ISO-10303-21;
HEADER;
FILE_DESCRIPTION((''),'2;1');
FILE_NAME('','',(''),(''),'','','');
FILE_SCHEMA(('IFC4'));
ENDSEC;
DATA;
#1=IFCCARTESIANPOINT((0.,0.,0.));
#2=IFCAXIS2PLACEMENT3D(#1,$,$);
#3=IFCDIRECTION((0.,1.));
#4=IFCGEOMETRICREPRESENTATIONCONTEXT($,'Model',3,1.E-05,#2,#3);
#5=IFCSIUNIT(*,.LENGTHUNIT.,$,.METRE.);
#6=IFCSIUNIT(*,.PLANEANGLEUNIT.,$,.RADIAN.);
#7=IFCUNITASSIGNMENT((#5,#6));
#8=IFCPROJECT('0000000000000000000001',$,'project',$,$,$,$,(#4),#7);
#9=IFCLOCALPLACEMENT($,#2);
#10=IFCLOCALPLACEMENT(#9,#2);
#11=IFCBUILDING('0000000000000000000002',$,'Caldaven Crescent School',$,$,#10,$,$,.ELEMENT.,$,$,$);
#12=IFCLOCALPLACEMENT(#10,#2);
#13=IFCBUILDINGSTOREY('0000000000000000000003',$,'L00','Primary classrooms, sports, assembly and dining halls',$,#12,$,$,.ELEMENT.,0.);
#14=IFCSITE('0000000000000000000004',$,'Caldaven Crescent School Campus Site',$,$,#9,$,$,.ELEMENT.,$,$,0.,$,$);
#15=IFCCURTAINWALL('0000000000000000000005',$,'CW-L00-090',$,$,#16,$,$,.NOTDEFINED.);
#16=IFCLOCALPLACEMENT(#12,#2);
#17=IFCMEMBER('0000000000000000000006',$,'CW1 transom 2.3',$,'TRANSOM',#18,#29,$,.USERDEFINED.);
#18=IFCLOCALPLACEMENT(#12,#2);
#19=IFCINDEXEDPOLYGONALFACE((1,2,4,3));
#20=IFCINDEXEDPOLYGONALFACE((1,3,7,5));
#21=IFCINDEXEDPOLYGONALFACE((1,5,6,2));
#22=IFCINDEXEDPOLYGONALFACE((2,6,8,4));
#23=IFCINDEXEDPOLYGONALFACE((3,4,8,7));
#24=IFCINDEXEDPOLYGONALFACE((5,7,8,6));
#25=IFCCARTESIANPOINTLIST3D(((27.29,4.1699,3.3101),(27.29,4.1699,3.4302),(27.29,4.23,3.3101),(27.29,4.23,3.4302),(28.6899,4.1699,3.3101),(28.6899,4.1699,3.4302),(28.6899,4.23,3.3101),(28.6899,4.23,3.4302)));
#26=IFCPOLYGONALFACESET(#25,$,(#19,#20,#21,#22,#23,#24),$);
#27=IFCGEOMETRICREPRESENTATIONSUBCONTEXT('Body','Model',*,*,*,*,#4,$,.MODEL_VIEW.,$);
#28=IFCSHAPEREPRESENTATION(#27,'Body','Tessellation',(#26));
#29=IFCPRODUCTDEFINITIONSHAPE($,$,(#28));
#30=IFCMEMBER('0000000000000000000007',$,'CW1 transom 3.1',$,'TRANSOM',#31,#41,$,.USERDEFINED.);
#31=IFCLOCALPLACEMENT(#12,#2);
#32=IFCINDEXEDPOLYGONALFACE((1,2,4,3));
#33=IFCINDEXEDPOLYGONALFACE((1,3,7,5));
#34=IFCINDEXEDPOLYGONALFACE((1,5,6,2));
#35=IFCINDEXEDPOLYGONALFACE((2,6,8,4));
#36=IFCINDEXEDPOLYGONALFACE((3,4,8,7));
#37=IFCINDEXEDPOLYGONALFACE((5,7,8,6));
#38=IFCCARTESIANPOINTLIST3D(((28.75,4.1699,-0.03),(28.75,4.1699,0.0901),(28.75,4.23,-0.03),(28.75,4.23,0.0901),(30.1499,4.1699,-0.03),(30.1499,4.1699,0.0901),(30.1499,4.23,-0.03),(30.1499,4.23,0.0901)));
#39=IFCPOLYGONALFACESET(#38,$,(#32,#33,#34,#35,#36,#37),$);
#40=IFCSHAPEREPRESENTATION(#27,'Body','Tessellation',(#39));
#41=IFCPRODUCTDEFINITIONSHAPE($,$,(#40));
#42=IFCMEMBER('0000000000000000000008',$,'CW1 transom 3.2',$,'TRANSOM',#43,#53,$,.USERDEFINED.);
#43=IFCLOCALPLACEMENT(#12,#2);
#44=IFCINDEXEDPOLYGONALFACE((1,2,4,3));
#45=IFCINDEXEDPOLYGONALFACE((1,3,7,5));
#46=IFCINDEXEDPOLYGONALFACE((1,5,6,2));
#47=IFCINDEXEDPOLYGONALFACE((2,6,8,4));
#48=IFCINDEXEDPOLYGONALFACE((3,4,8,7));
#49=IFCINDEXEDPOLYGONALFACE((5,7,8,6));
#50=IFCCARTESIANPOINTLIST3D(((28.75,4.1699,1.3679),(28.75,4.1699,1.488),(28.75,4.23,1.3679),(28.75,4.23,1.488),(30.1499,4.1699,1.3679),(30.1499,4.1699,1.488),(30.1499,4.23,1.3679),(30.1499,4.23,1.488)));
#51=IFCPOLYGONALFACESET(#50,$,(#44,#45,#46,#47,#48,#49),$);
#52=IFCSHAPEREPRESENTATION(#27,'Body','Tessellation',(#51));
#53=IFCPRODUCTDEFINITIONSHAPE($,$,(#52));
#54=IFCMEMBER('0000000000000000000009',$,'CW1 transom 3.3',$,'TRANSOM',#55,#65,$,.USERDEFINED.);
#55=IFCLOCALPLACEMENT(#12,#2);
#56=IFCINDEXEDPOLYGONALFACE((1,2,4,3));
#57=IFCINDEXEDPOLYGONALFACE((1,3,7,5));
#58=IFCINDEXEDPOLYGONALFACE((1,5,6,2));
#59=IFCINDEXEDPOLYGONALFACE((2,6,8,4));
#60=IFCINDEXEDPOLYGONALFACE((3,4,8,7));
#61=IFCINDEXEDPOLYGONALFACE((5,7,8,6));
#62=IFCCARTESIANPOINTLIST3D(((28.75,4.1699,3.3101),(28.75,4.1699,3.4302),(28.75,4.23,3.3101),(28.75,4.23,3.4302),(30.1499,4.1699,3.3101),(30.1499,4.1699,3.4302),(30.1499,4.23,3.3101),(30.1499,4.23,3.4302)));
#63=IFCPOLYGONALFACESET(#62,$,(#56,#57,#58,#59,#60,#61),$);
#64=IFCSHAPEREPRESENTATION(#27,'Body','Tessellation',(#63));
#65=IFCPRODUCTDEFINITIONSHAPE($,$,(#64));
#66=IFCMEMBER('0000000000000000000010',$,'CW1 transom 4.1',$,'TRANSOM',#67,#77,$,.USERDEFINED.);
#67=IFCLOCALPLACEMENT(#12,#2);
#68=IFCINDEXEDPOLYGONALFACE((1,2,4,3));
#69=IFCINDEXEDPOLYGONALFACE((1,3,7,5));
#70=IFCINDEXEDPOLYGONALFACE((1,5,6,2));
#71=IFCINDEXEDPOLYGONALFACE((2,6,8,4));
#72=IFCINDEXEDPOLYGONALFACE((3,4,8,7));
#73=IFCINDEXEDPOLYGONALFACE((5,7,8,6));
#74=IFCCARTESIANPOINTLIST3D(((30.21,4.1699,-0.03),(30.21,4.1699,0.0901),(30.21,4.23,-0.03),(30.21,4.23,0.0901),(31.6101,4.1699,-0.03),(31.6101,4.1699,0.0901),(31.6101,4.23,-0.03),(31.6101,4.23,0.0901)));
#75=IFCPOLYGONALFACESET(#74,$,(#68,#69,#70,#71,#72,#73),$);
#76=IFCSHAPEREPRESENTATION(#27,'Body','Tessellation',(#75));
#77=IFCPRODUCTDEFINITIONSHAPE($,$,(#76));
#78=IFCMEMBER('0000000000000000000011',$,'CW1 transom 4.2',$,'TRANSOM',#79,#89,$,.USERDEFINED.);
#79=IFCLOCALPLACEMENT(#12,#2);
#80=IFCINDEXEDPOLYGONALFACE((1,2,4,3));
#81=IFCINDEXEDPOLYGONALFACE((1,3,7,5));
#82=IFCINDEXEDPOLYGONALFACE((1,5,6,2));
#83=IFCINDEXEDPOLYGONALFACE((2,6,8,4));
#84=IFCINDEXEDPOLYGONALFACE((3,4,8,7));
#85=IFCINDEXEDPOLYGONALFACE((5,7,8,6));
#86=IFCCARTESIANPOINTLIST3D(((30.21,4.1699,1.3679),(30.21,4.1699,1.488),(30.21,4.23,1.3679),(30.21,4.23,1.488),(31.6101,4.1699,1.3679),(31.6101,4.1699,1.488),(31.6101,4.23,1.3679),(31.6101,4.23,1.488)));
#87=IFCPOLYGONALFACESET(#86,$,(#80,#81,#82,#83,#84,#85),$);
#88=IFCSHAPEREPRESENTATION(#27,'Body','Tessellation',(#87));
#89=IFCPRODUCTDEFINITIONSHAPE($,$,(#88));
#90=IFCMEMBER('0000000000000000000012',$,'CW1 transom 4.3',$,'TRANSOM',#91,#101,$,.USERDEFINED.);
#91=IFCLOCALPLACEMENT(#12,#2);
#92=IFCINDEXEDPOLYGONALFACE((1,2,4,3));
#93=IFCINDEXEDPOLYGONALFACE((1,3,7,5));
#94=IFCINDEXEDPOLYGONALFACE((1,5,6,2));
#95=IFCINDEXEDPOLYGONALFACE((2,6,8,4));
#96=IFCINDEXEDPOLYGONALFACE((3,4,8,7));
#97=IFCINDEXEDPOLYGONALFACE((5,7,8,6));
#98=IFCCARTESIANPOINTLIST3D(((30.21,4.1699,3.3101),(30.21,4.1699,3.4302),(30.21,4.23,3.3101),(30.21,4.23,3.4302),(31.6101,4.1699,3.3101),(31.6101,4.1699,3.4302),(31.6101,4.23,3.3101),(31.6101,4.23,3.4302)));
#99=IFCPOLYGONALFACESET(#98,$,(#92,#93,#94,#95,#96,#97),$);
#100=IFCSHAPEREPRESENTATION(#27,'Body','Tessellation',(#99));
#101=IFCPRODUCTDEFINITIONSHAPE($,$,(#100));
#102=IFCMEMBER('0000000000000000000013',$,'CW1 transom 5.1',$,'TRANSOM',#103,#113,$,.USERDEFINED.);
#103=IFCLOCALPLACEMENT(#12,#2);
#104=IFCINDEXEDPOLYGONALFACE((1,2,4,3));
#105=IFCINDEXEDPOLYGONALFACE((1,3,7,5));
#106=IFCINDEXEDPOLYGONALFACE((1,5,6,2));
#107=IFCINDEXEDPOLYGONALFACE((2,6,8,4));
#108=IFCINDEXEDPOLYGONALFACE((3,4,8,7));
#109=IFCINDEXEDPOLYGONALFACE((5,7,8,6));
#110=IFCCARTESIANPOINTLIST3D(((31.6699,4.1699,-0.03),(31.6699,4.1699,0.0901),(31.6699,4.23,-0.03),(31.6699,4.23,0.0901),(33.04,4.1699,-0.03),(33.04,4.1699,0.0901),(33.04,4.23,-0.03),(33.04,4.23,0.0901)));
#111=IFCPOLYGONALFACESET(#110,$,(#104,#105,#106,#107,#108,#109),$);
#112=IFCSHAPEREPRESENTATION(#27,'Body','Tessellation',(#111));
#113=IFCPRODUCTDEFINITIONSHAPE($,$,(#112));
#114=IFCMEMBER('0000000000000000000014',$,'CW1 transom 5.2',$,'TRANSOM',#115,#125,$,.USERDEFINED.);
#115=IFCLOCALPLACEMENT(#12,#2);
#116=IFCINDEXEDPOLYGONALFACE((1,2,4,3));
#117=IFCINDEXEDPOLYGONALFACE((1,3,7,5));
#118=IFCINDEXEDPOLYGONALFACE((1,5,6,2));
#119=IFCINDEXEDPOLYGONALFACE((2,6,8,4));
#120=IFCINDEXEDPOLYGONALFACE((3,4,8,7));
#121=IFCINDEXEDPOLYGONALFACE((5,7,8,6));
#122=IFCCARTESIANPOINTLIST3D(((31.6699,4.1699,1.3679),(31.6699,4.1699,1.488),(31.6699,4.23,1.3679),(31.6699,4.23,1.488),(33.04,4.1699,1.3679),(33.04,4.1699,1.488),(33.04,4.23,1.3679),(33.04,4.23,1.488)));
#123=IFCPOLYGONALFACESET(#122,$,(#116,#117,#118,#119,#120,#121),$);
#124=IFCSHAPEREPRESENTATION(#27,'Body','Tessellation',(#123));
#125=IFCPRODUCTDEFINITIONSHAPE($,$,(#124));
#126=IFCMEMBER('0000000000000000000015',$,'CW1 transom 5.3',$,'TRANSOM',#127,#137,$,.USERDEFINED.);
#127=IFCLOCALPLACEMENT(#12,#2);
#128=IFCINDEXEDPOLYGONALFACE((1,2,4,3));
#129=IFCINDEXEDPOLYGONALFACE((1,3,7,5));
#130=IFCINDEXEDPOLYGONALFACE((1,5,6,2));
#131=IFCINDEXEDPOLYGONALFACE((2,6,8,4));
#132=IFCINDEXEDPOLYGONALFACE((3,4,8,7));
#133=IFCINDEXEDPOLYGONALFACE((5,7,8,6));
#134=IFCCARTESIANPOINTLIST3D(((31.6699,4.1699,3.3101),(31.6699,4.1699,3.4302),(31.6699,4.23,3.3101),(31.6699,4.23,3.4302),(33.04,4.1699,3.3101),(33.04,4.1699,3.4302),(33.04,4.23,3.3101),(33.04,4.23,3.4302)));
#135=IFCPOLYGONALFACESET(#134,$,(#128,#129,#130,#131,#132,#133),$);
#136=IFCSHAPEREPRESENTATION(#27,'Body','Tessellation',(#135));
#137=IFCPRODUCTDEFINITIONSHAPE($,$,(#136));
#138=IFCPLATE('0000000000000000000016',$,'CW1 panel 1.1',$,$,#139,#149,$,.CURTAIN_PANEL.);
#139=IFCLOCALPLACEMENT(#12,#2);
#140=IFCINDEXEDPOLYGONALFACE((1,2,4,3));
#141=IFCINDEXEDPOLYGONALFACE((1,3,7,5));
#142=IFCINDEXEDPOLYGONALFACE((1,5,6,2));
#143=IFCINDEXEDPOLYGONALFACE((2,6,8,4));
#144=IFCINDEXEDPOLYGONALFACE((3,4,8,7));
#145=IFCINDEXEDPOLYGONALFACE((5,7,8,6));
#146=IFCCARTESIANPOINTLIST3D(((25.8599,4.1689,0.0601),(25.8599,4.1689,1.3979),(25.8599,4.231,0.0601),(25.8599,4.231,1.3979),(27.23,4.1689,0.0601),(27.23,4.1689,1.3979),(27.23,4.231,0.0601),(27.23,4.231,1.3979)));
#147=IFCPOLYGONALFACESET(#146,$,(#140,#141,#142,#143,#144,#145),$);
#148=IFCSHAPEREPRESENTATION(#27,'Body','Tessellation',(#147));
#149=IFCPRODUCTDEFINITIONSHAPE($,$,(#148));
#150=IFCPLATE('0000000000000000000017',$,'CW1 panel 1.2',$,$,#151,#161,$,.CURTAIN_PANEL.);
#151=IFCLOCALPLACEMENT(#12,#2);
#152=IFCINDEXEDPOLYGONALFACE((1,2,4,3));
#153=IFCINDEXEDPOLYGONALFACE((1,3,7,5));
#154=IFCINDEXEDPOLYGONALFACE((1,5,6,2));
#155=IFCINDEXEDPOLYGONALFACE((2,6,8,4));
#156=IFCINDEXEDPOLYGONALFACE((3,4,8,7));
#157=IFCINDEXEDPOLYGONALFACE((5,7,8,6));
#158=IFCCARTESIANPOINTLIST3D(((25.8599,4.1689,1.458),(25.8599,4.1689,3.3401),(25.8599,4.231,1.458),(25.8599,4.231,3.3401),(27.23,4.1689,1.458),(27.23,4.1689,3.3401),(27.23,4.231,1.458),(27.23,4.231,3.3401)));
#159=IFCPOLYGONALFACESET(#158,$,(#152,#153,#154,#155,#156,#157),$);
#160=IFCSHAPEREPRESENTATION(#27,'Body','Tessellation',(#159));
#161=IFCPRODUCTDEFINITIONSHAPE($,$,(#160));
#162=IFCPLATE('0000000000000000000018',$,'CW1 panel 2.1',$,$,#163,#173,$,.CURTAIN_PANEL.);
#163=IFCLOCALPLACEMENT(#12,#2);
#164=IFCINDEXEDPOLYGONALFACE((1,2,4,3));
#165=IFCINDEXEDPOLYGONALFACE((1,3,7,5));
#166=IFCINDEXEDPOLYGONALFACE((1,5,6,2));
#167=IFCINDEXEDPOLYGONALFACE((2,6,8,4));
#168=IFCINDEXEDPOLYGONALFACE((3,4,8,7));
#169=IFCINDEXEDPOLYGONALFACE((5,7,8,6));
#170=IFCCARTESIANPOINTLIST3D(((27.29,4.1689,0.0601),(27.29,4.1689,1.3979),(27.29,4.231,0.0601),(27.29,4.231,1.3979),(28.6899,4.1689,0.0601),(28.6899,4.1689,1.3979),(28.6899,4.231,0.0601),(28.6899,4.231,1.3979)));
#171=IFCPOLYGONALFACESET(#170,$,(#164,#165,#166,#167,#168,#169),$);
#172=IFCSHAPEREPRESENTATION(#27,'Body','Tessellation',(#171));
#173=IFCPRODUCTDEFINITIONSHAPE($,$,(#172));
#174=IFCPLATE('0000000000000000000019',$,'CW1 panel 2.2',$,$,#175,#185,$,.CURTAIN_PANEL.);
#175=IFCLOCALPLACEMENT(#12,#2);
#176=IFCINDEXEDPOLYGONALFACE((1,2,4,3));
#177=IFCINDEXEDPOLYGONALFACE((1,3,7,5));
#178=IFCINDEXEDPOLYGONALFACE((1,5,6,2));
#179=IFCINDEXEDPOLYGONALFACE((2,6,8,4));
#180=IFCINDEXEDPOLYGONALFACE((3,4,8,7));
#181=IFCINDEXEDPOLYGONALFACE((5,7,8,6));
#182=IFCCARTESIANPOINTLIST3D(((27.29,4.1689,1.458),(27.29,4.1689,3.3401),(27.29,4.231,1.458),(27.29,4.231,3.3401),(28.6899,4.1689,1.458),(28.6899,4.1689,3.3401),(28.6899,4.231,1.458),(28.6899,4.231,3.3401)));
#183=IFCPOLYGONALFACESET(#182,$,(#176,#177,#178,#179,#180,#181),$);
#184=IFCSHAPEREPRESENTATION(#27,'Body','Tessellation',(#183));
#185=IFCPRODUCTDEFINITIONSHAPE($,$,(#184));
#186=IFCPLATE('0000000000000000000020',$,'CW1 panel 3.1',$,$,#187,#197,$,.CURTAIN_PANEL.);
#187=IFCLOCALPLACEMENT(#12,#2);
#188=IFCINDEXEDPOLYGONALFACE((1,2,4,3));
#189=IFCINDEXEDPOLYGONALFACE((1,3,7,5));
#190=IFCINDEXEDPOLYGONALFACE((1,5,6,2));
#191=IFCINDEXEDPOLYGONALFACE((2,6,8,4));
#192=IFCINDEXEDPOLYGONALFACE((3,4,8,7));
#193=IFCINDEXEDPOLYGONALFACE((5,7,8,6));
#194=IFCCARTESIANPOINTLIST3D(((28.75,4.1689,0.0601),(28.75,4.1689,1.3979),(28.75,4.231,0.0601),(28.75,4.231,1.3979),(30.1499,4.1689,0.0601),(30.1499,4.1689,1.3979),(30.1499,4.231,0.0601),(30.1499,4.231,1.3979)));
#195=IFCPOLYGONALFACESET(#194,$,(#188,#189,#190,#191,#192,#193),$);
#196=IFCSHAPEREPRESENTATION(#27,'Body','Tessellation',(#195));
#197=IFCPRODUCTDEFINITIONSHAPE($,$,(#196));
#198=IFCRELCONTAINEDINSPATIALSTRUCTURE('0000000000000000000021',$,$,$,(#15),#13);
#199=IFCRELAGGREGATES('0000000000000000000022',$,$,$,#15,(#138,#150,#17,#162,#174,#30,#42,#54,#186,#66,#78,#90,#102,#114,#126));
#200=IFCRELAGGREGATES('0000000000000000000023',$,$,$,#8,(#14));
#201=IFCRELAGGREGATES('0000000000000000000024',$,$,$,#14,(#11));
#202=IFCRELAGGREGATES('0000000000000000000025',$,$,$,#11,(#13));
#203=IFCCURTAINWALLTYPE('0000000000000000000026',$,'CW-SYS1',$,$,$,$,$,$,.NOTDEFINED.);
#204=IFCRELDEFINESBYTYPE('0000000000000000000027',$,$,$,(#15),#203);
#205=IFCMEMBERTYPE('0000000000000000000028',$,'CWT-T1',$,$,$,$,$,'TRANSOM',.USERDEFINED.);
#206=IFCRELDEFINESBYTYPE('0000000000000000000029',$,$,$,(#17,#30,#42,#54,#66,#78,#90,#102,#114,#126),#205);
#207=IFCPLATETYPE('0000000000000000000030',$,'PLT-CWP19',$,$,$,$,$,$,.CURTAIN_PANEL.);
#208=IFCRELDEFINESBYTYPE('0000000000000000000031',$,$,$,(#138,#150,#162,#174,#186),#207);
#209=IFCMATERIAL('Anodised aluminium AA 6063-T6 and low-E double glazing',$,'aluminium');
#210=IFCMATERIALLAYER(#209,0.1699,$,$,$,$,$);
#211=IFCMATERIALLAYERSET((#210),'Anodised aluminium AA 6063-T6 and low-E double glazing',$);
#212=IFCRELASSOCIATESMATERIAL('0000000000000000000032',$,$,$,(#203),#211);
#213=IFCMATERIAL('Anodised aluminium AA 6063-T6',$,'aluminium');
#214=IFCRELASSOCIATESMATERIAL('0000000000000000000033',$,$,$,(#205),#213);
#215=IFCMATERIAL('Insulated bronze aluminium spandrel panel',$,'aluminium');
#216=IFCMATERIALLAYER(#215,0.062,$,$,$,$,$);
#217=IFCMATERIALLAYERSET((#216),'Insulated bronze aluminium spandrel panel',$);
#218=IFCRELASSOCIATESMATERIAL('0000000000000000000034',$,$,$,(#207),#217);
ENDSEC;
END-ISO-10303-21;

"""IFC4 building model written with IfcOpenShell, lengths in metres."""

from ifc_helpers import new_model, si_unit, direction, frame, origin, origin_2d, place, context, subcontext, project, spatial, rectangle, extrude, material, layer, layer_set, material_profile, profile_set, type_object, element, aggregate, save


model = new_model("IFC4")

# Units and contexts
model_context = context("Model", 3, precision=1e-05, world=origin(), true_north=direction((0.0, 1.0)))
body_context = subcontext(model_context, "Body", "Model", "MODEL_VIEW")
ifc_project = project(units=[si_unit("LENGTHUNIT", "METRE"), si_unit("PLANEANGLEUNIT", "RADIAN")], contexts=[model_context])

# Site, building, storey
site_placement = place(None, origin())
site = spatial("IfcSite", under=ifc_project, at=site_placement, Name="Caldaven Crescent School Campus Site", CompositionType="ELEMENT", RefElevation=0.0)
building_placement = place(site_placement, origin())
building = spatial("IfcBuilding", under=site, at=building_placement, Name="Caldaven Crescent School", CompositionType="ELEMENT")
storey_placement = place(building_placement, origin())
storey = spatial("IfcBuildingStorey", under=building, at=storey_placement, Name="L00", Description="Primary classrooms, sports, assembly and dining halls", CompositionType="ELEMENT", Elevation=0.0)

# Curtain wall, members, plates
ifc_material_1 = material(Name="Anodised aluminium AA 6063-T6 and low-E double glazing", Category="aluminium")
ifc_layer_1 = layer(ifc_material_1, 0.1699)
ifc_layer_set_1 = layer_set([ifc_layer_1], Name="Anodised aluminium AA 6063-T6 and low-E double glazing")
curtain_wall_type = type_object("IfcCurtainWallType", Name="CW-SYS1", PredefinedType="NOTDEFINED", material=ifc_layer_set_1)
curtain_wall_placement = place(storey_placement, origin())
curtain_wall = element("IfcCurtainWall", 1, at=curtain_wall_placement, inside=storey, type_object=curtain_wall_type, Name="CW-L00-090", PredefinedType="NOTDEFINED")
ifc_material_2 = material(Name="Anodised aluminium AA 6063-T6", Category="aluminium")
ifc_material_profile_1 = material_profile(ifc_material_2, rectangle(XDim=0.0601, YDim=0.1201, at=origin_2d()), Name="CWT 60x120")
ifc_profile_set_1 = profile_set([ifc_material_profile_1], Name="Anodised aluminium AA 6063-T6")
member_type_1 = type_object("IfcMemberType", Name="CWT-T1", ElementType="TRANSOM", PredefinedType="USERDEFINED", material=ifc_profile_set_1)
member_1_placement = place(storey_placement, frame((27.29, 4.2, 3.3701), z_axis=(1.0, 0.0, 0.0), x_axis=(0.0, 1.0, 0.0)))
member_1 = element("IfcMember", 2, at=member_1_placement, type_object=member_type_1, Name="CW1 transom 2.3", ObjectType="TRANSOM", PredefinedType="USERDEFINED", context=body_context, shape_type="SweptSolid", body=[
    extrude(rectangle(XDim=0.0601, YDim=0.1201, at=origin_2d()), origin(), (0.0, 0.0, 1.0), 1.3999),
])
member_2_placement = place(storey_placement, frame((28.75, 4.2, 0.03), z_axis=(1.0, 0.0, 0.0), x_axis=(0.0, 1.0, 0.0)))
member_2 = element("IfcMember", 3, at=member_2_placement, type_object=member_type_1, Name="CW1 transom 3.1", ObjectType="TRANSOM", PredefinedType="USERDEFINED", context=body_context, shape_type="SweptSolid", body=[
    extrude(rectangle(XDim=0.0601, YDim=0.1201, at=origin_2d()), origin(), (0.0, 0.0, 1.0), 1.3999),
])
member_3_placement = place(storey_placement, frame((28.75, 4.2, 1.428), z_axis=(1.0, 0.0, 0.0), x_axis=(0.0, 1.0, 0.0)))
member_3 = element("IfcMember", 4, at=member_3_placement, type_object=member_type_1, Name="CW1 transom 3.2", ObjectType="TRANSOM", PredefinedType="USERDEFINED", context=body_context, shape_type="SweptSolid", body=[
    extrude(rectangle(XDim=0.0601, YDim=0.1201, at=origin_2d()), origin(), (0.0, 0.0, 1.0), 1.3999),
])
member_4_placement = place(storey_placement, frame((28.75, 4.2, 3.3701), z_axis=(1.0, 0.0, 0.0), x_axis=(0.0, 1.0, 0.0)))
member_4 = element("IfcMember", 5, at=member_4_placement, type_object=member_type_1, Name="CW1 transom 3.3", ObjectType="TRANSOM", PredefinedType="USERDEFINED", context=body_context, shape_type="SweptSolid", body=[
    extrude(rectangle(XDim=0.0601, YDim=0.1201, at=origin_2d()), origin(), (0.0, 0.0, 1.0), 1.3999),
])
member_5_placement = place(storey_placement, frame((30.21, 4.2, 0.03), z_axis=(1.0, 0.0, 0.0), x_axis=(0.0, 1.0, 0.0)))
member_5 = element("IfcMember", 6, at=member_5_placement, type_object=member_type_1, Name="CW1 transom 4.1", ObjectType="TRANSOM", PredefinedType="USERDEFINED", context=body_context, shape_type="SweptSolid", body=[
    extrude(rectangle(XDim=0.0601, YDim=0.1201, at=origin_2d()), origin(), (0.0, 0.0, 1.0), 1.4001),
])
member_6_placement = place(storey_placement, frame((30.21, 4.2, 1.428), z_axis=(1.0, 0.0, 0.0), x_axis=(0.0, 1.0, 0.0)))
member_6 = element("IfcMember", 7, at=member_6_placement, type_object=member_type_1, Name="CW1 transom 4.2", ObjectType="TRANSOM", PredefinedType="USERDEFINED", context=body_context, shape_type="SweptSolid", body=[
    extrude(rectangle(XDim=0.0601, YDim=0.1201, at=origin_2d()), origin(), (0.0, 0.0, 1.0), 1.4001),
])
member_7_placement = place(storey_placement, frame((30.21, 4.2, 3.3701), z_axis=(1.0, 0.0, 0.0), x_axis=(0.0, 1.0, 0.0)))
member_7 = element("IfcMember", 8, at=member_7_placement, type_object=member_type_1, Name="CW1 transom 4.3", ObjectType="TRANSOM", PredefinedType="USERDEFINED", context=body_context, shape_type="SweptSolid", body=[
    extrude(rectangle(XDim=0.0601, YDim=0.1201, at=origin_2d()), origin(), (0.0, 0.0, 1.0), 1.4001),
])
member_8_placement = place(storey_placement, frame((31.6699, 4.2, 0.03), z_axis=(1.0, 0.0, 0.0), x_axis=(0.0, 1.0, 0.0)))
member_8 = element("IfcMember", 9, at=member_8_placement, type_object=member_type_1, Name="CW1 transom 5.1", ObjectType="TRANSOM", PredefinedType="USERDEFINED", context=body_context, shape_type="SweptSolid", body=[
    extrude(rectangle(XDim=0.0601, YDim=0.1201, at=origin_2d()), origin(), (0.0, 0.0, 1.0), 1.3701),
])
member_9_placement = place(storey_placement, frame((31.6699, 4.2, 1.428), z_axis=(1.0, 0.0, 0.0), x_axis=(0.0, 1.0, 0.0)))
member_9 = element("IfcMember", 10, at=member_9_placement, type_object=member_type_1, Name="CW1 transom 5.2", ObjectType="TRANSOM", PredefinedType="USERDEFINED", context=body_context, shape_type="SweptSolid", body=[
    extrude(rectangle(XDim=0.0601, YDim=0.1201, at=origin_2d()), origin(), (0.0, 0.0, 1.0), 1.3701),
])
member_10_placement = place(storey_placement, frame((31.6699, 4.2, 3.3701), z_axis=(1.0, 0.0, 0.0), x_axis=(0.0, 1.0, 0.0)))
member_10 = element("IfcMember", 11, at=member_10_placement, type_object=member_type_1, Name="CW1 transom 5.3", ObjectType="TRANSOM", PredefinedType="USERDEFINED", context=body_context, shape_type="SweptSolid", body=[
    extrude(rectangle(XDim=0.0601, YDim=0.1201, at=origin_2d()), origin(), (0.0, 0.0, 1.0), 1.3701),
])
ifc_material_3 = material(Name="Insulated bronze aluminium spandrel panel", Category="aluminium")
ifc_layer_2 = layer(ifc_material_3, 0.062)
ifc_layer_set_2 = layer_set([ifc_layer_2], Name="Insulated bronze aluminium spandrel panel")
plate_type = type_object("IfcPlateType", Name="PLT-CWP19", PredefinedType="CURTAIN_PANEL", material=ifc_layer_set_2)
plate_1_placement = place(storey_placement, frame((26.5449, 4.2, 0.0601), z_axis=(0.0, 0.0, 1.0), x_axis=(1.0, 0.0, 0.0)))
plate_1 = element("IfcPlate", 12, at=plate_1_placement, type_object=plate_type, Name="CW1 panel 1.1", PredefinedType="CURTAIN_PANEL", context=body_context, shape_type="SweptSolid", body=[
    extrude(rectangle(XDim=1.3701, YDim=0.062, at=origin_2d()), origin(), (0.0, 0.0, 1.0), 1.3379),
])
plate_2_placement = place(storey_placement, frame((26.5449, 4.2, 1.458), z_axis=(0.0, 0.0, 1.0), x_axis=(1.0, 0.0, 0.0)))
plate_2 = element("IfcPlate", 13, at=plate_2_placement, type_object=plate_type, Name="CW1 panel 1.2", PredefinedType="CURTAIN_PANEL", context=body_context, shape_type="SweptSolid", body=[
    extrude(rectangle(XDim=1.3701, YDim=0.062, at=origin_2d()), origin(), (0.0, 0.0, 1.0), 1.8821),
])
plate_3_placement = place(storey_placement, frame((27.99, 4.2, 0.0601), z_axis=(0.0, 0.0, 1.0), x_axis=(1.0, 0.0, 0.0)))
plate_3 = element("IfcPlate", 14, at=plate_3_placement, type_object=plate_type, Name="CW1 panel 2.1", PredefinedType="CURTAIN_PANEL", context=body_context, shape_type="SweptSolid", body=[
    extrude(rectangle(XDim=1.3999, YDim=0.062, at=origin_2d()), origin(), (0.0, 0.0, 1.0), 1.3379),
])
plate_4_placement = place(storey_placement, frame((27.99, 4.2, 1.458), z_axis=(0.0, 0.0, 1.0), x_axis=(1.0, 0.0, 0.0)))
plate_4 = element("IfcPlate", 15, at=plate_4_placement, type_object=plate_type, Name="CW1 panel 2.2", PredefinedType="CURTAIN_PANEL", context=body_context, shape_type="SweptSolid", body=[
    extrude(rectangle(XDim=1.3999, YDim=0.062, at=origin_2d()), origin(), (0.0, 0.0, 1.0), 1.8821),
])
plate_5_placement = place(storey_placement, frame((29.45, 4.2, 0.0601), z_axis=(0.0, 0.0, 1.0), x_axis=(1.0, 0.0, 0.0)))
plate_5 = element("IfcPlate", 16, at=plate_5_placement, type_object=plate_type, Name="CW1 panel 3.1", PredefinedType="CURTAIN_PANEL", context=body_context, shape_type="SweptSolid", body=[
    extrude(rectangle(XDim=1.3999, YDim=0.062, at=origin_2d()), origin(), (0.0, 0.0, 1.0), 1.3379),
])
aggregate(curtain_wall, [plate_1, plate_2, member_1, plate_3, plate_4, member_2, member_3, member_4, plate_5, member_5, member_6, member_7, member_8, member_9, member_10])

save(model, "model.ifc")
